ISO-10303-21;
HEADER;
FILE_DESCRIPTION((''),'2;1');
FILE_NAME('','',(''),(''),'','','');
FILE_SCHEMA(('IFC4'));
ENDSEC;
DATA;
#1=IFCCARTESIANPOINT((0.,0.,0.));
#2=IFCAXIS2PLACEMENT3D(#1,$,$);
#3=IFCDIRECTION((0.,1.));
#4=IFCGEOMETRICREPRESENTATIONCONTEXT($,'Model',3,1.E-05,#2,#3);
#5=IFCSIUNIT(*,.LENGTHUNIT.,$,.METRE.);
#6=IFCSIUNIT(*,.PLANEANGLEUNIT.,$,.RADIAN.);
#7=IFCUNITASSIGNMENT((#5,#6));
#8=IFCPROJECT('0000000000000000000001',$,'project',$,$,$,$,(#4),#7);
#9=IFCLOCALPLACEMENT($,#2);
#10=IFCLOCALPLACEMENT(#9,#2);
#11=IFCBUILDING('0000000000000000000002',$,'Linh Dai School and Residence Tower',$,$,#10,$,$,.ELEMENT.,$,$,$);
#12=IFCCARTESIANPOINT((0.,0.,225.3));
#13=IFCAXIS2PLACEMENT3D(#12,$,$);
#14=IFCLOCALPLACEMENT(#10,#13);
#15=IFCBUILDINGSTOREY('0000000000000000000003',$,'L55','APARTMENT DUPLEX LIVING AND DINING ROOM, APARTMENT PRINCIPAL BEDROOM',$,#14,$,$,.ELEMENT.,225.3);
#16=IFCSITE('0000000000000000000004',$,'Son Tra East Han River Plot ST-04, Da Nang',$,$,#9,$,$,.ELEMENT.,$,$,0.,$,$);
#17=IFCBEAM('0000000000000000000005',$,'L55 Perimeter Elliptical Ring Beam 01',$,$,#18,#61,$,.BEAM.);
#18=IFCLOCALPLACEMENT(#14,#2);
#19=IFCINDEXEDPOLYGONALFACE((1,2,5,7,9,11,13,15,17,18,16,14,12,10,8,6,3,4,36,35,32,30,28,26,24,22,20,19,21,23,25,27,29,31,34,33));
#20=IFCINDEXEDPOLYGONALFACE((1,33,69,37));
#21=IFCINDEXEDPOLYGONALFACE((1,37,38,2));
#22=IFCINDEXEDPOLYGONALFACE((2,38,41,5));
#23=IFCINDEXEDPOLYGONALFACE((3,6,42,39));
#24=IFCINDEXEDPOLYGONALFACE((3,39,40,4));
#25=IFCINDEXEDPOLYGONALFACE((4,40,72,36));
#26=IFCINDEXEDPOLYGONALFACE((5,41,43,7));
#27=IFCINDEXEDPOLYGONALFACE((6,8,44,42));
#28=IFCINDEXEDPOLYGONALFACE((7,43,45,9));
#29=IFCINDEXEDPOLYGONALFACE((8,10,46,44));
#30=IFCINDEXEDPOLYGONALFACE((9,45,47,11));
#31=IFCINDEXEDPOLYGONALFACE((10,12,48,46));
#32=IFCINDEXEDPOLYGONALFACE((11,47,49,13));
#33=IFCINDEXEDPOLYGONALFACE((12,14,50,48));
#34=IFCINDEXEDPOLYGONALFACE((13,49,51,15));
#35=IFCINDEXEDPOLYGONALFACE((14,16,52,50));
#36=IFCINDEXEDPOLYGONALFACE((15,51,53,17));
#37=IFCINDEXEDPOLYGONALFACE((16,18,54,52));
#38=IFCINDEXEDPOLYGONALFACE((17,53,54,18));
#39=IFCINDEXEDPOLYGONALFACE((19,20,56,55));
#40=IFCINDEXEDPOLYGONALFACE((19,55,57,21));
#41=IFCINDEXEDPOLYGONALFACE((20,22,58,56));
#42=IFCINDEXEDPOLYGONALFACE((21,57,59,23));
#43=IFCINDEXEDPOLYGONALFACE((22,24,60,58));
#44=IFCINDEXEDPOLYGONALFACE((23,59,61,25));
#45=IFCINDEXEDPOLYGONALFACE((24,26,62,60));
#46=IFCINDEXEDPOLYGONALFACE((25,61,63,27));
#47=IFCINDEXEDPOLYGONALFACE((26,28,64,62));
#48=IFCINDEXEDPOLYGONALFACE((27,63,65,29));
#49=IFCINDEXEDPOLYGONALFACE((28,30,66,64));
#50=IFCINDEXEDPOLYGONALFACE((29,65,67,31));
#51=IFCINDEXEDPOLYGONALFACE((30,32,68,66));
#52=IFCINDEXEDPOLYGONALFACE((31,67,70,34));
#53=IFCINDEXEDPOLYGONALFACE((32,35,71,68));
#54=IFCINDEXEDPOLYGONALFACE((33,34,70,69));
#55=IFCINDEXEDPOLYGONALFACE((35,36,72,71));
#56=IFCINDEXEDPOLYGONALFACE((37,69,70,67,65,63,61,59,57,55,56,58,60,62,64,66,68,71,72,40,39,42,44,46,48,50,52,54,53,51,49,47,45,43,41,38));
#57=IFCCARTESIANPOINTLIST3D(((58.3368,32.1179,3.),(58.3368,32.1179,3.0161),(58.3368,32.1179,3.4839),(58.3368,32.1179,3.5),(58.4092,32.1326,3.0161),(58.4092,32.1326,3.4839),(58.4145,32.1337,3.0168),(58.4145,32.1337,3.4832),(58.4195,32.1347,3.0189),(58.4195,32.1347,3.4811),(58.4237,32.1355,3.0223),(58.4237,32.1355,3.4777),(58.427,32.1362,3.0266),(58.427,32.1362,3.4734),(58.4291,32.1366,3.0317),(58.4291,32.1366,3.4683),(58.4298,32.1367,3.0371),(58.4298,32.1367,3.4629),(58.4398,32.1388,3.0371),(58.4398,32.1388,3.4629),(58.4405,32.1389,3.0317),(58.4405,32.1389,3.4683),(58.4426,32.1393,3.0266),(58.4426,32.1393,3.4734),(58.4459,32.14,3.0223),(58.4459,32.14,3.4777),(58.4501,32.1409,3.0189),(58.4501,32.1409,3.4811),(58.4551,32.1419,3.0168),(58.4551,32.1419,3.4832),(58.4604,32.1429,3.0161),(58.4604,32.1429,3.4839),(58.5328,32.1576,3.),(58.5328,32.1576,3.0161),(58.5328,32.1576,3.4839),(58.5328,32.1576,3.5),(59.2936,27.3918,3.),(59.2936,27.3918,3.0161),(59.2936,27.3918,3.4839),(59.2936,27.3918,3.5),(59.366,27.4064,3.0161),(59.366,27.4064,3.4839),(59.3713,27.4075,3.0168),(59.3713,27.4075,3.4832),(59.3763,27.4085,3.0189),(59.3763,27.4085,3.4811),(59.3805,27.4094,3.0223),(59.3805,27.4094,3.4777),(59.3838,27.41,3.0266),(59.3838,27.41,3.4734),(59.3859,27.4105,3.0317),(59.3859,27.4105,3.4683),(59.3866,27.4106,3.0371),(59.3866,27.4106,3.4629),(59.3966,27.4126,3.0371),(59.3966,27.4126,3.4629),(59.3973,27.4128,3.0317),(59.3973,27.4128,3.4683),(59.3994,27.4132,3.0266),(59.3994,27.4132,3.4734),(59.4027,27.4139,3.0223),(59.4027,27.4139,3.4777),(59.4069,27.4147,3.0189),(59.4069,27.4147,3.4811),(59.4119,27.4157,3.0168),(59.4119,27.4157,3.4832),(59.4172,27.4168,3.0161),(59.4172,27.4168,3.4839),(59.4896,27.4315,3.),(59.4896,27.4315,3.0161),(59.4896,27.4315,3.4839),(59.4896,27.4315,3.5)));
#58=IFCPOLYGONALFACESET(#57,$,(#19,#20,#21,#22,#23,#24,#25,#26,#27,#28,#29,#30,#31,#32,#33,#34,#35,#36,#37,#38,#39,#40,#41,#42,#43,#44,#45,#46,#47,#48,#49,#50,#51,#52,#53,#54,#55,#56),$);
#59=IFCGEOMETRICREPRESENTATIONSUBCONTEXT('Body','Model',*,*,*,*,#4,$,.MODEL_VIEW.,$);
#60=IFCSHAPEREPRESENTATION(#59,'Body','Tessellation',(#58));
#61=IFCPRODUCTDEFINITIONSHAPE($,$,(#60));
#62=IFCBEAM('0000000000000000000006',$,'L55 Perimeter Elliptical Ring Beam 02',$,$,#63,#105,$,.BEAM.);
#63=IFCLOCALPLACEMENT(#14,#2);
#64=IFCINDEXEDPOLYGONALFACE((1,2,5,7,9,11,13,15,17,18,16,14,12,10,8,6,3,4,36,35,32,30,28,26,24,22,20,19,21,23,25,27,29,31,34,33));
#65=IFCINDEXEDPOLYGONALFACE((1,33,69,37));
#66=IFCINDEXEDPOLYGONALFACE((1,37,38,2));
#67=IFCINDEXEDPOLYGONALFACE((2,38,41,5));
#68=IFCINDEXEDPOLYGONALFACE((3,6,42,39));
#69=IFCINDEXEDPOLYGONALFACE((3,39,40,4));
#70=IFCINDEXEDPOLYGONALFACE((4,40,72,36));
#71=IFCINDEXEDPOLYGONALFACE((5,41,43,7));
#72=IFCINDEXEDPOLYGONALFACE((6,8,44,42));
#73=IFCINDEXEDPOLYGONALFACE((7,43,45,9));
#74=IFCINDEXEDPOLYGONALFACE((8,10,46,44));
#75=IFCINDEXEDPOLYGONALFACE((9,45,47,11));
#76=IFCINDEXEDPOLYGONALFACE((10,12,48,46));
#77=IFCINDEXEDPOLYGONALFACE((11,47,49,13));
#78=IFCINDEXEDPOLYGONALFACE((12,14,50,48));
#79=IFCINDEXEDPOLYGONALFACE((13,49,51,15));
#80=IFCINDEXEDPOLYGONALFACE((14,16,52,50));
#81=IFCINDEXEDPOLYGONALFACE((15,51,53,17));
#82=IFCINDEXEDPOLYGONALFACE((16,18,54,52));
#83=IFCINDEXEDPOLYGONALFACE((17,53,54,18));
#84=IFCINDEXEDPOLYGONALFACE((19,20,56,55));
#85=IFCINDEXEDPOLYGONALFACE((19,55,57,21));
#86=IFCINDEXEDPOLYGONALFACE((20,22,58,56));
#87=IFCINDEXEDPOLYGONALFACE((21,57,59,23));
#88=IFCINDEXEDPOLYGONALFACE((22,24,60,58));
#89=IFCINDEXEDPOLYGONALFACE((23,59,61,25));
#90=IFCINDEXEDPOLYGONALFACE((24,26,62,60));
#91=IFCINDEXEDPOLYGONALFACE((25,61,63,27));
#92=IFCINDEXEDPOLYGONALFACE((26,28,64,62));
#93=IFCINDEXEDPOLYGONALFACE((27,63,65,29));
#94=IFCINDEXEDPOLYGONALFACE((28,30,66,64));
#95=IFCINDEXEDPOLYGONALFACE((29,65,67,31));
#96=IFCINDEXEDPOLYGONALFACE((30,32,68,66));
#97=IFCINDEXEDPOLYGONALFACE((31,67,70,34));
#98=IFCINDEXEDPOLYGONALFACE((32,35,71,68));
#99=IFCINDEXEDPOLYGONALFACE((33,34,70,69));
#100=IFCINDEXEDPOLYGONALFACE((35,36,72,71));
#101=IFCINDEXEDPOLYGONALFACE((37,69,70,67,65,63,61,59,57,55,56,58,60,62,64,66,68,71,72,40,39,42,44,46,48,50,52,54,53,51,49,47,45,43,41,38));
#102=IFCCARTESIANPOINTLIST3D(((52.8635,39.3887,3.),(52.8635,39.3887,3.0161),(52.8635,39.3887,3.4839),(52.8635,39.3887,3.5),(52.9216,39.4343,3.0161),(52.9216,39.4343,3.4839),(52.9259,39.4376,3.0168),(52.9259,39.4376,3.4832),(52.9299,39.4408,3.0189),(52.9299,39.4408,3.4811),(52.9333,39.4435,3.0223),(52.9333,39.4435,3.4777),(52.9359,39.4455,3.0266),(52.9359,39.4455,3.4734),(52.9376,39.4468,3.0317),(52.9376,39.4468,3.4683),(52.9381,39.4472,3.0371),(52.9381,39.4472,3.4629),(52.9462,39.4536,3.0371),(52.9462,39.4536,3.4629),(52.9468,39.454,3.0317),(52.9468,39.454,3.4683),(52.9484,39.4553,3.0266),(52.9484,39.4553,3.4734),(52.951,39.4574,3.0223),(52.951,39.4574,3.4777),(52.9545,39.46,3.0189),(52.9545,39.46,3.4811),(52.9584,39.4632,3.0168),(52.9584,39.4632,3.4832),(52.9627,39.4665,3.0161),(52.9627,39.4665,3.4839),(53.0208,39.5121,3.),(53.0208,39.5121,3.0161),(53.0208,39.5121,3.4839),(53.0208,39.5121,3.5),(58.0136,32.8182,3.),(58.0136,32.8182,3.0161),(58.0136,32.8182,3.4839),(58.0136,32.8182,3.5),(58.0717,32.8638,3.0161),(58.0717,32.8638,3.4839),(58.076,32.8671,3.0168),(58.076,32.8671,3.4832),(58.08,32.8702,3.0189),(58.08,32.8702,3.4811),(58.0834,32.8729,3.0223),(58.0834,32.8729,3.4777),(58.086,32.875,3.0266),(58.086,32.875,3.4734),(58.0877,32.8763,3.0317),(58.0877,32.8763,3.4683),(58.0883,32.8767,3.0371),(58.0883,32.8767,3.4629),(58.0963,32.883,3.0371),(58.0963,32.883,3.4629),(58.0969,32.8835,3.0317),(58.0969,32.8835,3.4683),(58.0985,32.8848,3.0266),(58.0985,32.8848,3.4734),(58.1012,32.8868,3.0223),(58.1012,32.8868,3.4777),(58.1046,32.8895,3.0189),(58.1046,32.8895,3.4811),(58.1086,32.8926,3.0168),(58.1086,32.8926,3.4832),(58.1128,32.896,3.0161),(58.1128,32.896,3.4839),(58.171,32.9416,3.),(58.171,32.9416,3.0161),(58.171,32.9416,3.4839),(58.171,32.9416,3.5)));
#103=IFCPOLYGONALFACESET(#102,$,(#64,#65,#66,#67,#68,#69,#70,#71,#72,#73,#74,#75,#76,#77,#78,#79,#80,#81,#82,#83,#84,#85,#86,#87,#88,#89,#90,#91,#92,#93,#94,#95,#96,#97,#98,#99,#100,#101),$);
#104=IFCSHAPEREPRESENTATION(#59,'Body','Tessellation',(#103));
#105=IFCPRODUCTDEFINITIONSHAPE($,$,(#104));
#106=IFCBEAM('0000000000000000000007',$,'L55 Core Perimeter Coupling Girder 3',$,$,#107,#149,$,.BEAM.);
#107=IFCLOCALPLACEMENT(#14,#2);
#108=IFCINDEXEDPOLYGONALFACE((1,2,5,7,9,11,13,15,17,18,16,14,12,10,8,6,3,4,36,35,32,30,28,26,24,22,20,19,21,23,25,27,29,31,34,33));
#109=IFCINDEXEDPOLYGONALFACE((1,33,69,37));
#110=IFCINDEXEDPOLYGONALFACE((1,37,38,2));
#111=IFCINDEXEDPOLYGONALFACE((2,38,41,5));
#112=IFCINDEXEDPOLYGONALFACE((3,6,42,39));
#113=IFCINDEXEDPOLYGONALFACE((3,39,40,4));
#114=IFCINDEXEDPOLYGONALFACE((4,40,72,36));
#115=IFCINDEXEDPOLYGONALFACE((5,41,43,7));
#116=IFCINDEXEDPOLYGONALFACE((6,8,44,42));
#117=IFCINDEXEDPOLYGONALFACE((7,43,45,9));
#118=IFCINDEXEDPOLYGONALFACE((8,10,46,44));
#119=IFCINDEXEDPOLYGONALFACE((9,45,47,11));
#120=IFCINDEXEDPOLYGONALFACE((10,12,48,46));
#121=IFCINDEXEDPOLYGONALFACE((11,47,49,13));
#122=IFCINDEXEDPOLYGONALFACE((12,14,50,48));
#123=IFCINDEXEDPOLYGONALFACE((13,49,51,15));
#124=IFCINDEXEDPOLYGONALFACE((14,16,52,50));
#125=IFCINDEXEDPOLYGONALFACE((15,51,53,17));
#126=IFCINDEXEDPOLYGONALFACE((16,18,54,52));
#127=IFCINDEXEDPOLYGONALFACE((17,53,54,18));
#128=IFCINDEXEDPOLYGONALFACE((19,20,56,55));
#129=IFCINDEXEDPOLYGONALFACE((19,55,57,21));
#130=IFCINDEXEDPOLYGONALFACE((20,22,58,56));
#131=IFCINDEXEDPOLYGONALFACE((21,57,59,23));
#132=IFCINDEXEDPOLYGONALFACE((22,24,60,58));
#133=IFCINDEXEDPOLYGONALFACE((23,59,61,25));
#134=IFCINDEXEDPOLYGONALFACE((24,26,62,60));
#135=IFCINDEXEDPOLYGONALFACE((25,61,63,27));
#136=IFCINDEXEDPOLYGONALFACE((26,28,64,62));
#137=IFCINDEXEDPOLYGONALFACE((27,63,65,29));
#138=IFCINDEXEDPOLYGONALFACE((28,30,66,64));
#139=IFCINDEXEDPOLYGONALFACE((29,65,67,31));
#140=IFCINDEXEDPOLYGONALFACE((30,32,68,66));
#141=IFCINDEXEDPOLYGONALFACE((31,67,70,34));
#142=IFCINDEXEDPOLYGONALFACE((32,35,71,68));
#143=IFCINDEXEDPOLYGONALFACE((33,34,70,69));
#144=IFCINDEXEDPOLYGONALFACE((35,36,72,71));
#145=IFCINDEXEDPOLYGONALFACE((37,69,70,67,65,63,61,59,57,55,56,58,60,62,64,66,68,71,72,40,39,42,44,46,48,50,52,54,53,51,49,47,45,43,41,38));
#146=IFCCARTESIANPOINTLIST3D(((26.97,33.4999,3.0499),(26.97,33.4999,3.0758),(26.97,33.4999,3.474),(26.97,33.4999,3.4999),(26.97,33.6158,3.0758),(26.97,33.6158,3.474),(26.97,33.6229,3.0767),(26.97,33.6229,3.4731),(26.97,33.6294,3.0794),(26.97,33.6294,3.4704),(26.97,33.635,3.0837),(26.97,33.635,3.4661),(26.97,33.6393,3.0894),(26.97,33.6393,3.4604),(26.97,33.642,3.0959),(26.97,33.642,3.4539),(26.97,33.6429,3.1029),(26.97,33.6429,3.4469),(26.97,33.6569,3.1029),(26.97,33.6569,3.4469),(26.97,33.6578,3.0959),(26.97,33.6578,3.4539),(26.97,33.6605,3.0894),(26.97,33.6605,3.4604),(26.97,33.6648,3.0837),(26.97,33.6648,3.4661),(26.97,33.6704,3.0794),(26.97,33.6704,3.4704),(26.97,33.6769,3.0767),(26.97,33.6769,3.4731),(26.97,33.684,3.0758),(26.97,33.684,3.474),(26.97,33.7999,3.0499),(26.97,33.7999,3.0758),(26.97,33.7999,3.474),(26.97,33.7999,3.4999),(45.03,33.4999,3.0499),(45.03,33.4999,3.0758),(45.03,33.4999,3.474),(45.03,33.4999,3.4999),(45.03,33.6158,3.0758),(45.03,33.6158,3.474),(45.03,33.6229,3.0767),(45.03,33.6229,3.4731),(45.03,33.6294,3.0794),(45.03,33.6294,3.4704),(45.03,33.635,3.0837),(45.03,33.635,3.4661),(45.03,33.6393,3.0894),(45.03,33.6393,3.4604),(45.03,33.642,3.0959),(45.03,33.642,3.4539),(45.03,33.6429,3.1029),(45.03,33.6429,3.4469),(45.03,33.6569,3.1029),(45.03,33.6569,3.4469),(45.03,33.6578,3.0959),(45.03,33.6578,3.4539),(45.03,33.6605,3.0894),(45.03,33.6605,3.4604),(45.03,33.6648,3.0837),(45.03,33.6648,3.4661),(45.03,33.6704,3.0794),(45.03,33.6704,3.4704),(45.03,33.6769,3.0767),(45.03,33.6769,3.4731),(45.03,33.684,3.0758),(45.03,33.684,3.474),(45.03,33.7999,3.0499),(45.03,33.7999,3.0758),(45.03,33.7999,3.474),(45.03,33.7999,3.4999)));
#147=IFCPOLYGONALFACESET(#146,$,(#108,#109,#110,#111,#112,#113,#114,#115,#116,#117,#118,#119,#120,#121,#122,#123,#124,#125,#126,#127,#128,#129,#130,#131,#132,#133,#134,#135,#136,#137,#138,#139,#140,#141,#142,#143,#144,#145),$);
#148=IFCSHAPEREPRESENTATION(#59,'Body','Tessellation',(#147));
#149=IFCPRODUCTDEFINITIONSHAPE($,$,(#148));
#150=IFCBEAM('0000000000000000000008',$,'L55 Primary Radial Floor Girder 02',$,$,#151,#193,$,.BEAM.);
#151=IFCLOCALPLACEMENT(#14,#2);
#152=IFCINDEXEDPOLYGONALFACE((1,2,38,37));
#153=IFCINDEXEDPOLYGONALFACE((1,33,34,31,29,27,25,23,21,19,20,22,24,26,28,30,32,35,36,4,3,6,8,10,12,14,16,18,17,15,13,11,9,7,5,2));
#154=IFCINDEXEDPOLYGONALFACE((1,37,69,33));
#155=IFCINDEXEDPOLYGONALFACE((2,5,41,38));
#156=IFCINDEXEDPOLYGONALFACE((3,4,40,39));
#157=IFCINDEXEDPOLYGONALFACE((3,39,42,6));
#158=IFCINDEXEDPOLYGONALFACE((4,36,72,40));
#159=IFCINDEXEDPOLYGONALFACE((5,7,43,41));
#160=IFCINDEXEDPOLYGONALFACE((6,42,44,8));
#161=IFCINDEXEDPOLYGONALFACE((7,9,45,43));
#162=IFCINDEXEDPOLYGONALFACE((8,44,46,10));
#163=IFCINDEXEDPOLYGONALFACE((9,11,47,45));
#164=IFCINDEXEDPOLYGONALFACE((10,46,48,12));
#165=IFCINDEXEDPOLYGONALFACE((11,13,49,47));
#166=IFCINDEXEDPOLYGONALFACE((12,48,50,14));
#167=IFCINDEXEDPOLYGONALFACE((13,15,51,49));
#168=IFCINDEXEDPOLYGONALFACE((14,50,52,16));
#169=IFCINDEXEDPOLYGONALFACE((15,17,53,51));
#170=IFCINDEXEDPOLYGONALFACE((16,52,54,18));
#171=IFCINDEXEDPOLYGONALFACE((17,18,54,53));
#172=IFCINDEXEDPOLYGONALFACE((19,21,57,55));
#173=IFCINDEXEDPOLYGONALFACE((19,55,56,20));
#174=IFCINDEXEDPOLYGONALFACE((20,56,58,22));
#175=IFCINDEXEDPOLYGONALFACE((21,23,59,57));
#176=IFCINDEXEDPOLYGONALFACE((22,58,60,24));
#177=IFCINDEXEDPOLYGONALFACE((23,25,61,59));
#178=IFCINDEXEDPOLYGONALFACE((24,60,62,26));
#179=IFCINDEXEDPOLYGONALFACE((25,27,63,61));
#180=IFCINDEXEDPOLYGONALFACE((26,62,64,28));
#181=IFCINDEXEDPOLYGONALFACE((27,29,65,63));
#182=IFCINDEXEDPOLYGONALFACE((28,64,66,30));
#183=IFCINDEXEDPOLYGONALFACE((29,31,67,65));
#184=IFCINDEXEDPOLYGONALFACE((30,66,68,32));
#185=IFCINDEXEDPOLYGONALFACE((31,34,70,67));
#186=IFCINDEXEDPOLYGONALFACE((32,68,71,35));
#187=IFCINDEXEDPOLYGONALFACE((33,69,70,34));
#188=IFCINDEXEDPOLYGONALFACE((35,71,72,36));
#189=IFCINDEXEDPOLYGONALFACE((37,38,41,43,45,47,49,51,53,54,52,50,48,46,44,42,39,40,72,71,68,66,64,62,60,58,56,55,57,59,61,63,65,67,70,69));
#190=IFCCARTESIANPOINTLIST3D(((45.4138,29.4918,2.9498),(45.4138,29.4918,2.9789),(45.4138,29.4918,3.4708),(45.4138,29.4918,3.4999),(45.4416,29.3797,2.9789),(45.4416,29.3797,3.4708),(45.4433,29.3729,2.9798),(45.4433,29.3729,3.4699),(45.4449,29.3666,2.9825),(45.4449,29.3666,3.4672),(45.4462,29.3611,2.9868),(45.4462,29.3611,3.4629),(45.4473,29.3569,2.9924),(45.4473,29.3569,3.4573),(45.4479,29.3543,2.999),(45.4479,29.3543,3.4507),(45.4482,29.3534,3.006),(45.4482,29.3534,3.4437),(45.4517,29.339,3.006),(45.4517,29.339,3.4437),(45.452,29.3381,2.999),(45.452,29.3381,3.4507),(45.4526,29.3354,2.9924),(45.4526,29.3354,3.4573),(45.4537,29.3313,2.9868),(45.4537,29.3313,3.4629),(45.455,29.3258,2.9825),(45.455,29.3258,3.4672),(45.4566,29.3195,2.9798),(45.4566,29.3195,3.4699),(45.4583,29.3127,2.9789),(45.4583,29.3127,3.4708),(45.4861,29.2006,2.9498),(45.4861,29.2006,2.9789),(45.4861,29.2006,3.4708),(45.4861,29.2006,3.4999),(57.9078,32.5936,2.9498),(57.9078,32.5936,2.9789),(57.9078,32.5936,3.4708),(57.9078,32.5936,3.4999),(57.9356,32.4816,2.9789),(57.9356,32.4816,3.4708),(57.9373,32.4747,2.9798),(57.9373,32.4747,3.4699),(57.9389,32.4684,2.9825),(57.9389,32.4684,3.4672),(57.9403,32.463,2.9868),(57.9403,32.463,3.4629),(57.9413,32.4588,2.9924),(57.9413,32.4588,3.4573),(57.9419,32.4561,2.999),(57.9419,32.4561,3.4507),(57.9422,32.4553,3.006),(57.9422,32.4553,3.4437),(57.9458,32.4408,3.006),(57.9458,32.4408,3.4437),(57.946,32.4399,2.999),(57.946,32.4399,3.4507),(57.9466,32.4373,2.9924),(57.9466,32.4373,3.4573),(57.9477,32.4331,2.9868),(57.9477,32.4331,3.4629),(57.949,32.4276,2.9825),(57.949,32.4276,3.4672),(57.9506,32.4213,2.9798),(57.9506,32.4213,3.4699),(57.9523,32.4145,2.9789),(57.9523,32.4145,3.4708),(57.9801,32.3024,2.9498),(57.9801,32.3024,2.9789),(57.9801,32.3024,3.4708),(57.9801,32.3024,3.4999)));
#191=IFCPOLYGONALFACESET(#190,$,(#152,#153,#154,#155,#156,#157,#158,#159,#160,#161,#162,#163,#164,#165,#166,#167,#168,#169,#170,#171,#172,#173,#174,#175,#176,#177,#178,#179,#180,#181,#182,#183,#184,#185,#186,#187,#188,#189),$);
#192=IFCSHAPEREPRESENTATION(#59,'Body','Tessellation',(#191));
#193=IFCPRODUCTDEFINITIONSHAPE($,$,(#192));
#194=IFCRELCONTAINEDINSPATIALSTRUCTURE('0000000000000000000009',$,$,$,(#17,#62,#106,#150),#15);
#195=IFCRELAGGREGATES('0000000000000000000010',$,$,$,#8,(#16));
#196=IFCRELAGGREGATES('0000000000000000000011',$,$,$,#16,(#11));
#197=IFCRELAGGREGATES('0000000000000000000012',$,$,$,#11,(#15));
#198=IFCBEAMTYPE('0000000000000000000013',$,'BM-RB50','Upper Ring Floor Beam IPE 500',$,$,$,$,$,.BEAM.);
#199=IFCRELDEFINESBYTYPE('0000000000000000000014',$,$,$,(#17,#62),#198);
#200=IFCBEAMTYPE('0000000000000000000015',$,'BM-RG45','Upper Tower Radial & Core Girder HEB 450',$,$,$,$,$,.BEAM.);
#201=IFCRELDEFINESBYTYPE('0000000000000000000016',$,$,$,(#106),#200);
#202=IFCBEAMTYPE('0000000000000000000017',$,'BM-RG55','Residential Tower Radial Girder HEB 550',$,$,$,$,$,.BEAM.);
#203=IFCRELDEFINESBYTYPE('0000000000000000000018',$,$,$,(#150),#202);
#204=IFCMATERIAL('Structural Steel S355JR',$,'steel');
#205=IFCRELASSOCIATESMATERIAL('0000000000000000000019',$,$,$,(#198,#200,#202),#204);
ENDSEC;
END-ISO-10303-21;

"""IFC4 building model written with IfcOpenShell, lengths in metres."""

from ifc_helpers import new_model, si_unit, direction, frame, origin, origin_2d, place, context, subcontext, project, spatial, i_section, extrude, material, material_profile, profile_set, type_object, element, save


model = new_model("IFC4")

# Units and contexts
model_context = context("Model", 3, precision=1e-05, world=origin(), true_north=direction((0.0, 1.0)))
body_context = subcontext(model_context, "Body", "Model", "MODEL_VIEW")
ifc_project = project(units=[si_unit("LENGTHUNIT", "METRE"), si_unit("PLANEANGLEUNIT", "RADIAN")], contexts=[model_context])

# Site, building, storey
site_placement = place(None, origin())
site = spatial("IfcSite", under=ifc_project, at=site_placement, Name="Son Tra East Han River Plot ST-04, Da Nang", CompositionType="ELEMENT", RefElevation=0.0)
building_placement = place(site_placement, origin())
building = spatial("IfcBuilding", under=site, at=building_placement, Name="Linh Dai School and Residence Tower", CompositionType="ELEMENT")
storey_placement = place(building_placement, frame((0.0, 0.0, 225.3)))
storey = spatial("IfcBuildingStorey", under=building, at=storey_placement, Name="L55", Description="APARTMENT DUPLEX LIVING AND DINING ROOM, APARTMENT PRINCIPAL BEDROOM", CompositionType="ELEMENT", Elevation=225.3)

# Shared definitions
ifc_material_1 = material(Name="Structural Steel S355JR", Category="steel")

# Beams
ifc_material_profile_1 = material_profile(ifc_material_1, i_section(OverallWidth=0.2, OverallDepth=0.5, WebThickness=0.0103, FlangeThickness=0.0161, FilletRadius=0.021, at=origin_2d()), Name="IPE 500")
ifc_profile_set_1 = profile_set([ifc_material_profile_1], Name="Structural Steel S355JR")
beam_type_1 = type_object("IfcBeamType", Name="BM-RB50", Description="Upper Ring Floor Beam IPE 500", PredefinedType="BEAM", material=ifc_profile_set_1)
beam_1_placement = place(storey_placement, frame((59.3916, 27.4116, 3.25), z_axis=(-0.198423, 0.980116, 0.0), x_axis=(-0.980116, -0.198423, 0.0)))
element("IfcBeam", 1, at=beam_1_placement, inside=storey, type_object=beam_type_1, Name="L55 Perimeter Elliptical Ring Beam 01", PredefinedType="BEAM", context=body_context, shape_type="SweptSolid", body=[
    extrude(i_section(OverallWidth=0.2, OverallDepth=0.5, WebThickness=0.0103, FlangeThickness=0.0161, FilletRadius=0.021, at=origin_2d()), origin(), (0.0, 0.0, 1.0), 4.822),
])
beam_2_placement = place(storey_placement, frame((58.0923, 32.8799, 3.25), z_axis=(-0.6169, 0.787041, 0.0), x_axis=(-0.787041, -0.6169, 0.0)))
element("IfcBeam", 2, at=beam_2_placement, inside=storey, type_object=beam_type_1, Name="L55 Perimeter Elliptical Ring Beam 02", PredefinedType="BEAM", context=body_context, shape_type="SweptSolid", body=[
    extrude(i_section(OverallWidth=0.2, OverallDepth=0.5, WebThickness=0.0103, FlangeThickness=0.0161, FilletRadius=0.021, at=origin_2d()), origin(), (0.0, 0.0, 1.0), 8.3484),
])
ifc_material_profile_2 = material_profile(ifc_material_1, i_section(OverallWidth=0.3, OverallDepth=0.45, WebThickness=0.0139, FlangeThickness=0.0259, FilletRadius=0.0271, at=origin_2d()), Name="HEB 450")
ifc_profile_set_2 = profile_set([ifc_material_profile_2], Name="Structural Steel S355JR")
beam_type_2 = type_object("IfcBeamType", Name="BM-RG45", Description="Upper Tower Radial & Core Girder HEB 450", PredefinedType="BEAM", material=ifc_profile_set_2)
beam_3_placement = place(storey_placement, frame((45.03, 33.6499, 3.2749), z_axis=(-1.0, 0.0, 0.0), x_axis=(0.0, -1.0, 0.0)))
element("IfcBeam", 3, at=beam_3_placement, inside=storey, type_object=beam_type_2, Name="L55 Core Perimeter Coupling Girder 3", PredefinedType="BEAM", context=body_context, shape_type="SweptSolid", body=[
    extrude(i_section(OverallWidth=0.3, OverallDepth=0.45, WebThickness=0.0139, FlangeThickness=0.0259, FilletRadius=0.0271, at=origin_2d()), origin(), (0.0, 0.0, 1.0), 18.0601),
])
ifc_material_profile_3 = material_profile(ifc_material_1, i_section(OverallWidth=0.3, OverallDepth=0.55, WebThickness=0.0149, FlangeThickness=0.0291, FilletRadius=0.0271, at=origin_2d()), Name="HEB 550")
ifc_profile_set_3 = profile_set([ifc_material_profile_3], Name="Structural Steel S355JR")
beam_type_3 = type_object("IfcBeamType", Name="BM-RG55", Description="Residential Tower Radial Girder HEB 550", PredefinedType="BEAM", material=ifc_profile_set_3)
beam_4_placement = place(storey_placement, frame((45.45, 29.3462, 3.2249), z_axis=(0.970537, 0.240951, 0.0), x_axis=(-0.240951, 0.970537, 0.0)))
element("IfcBeam", 4, at=beam_4_placement, inside=storey, type_object=beam_type_3, Name="L55 Primary Radial Floor Girder 02", PredefinedType="BEAM", context=body_context, shape_type="SweptSolid", body=[
    extrude(i_section(OverallWidth=0.3, OverallDepth=0.55, WebThickness=0.0149, FlangeThickness=0.0291, FilletRadius=0.0271, at=origin_2d()), origin(), (0.0, 0.0, 1.0), 12.8733),
])

save(model, "model.ifc")
